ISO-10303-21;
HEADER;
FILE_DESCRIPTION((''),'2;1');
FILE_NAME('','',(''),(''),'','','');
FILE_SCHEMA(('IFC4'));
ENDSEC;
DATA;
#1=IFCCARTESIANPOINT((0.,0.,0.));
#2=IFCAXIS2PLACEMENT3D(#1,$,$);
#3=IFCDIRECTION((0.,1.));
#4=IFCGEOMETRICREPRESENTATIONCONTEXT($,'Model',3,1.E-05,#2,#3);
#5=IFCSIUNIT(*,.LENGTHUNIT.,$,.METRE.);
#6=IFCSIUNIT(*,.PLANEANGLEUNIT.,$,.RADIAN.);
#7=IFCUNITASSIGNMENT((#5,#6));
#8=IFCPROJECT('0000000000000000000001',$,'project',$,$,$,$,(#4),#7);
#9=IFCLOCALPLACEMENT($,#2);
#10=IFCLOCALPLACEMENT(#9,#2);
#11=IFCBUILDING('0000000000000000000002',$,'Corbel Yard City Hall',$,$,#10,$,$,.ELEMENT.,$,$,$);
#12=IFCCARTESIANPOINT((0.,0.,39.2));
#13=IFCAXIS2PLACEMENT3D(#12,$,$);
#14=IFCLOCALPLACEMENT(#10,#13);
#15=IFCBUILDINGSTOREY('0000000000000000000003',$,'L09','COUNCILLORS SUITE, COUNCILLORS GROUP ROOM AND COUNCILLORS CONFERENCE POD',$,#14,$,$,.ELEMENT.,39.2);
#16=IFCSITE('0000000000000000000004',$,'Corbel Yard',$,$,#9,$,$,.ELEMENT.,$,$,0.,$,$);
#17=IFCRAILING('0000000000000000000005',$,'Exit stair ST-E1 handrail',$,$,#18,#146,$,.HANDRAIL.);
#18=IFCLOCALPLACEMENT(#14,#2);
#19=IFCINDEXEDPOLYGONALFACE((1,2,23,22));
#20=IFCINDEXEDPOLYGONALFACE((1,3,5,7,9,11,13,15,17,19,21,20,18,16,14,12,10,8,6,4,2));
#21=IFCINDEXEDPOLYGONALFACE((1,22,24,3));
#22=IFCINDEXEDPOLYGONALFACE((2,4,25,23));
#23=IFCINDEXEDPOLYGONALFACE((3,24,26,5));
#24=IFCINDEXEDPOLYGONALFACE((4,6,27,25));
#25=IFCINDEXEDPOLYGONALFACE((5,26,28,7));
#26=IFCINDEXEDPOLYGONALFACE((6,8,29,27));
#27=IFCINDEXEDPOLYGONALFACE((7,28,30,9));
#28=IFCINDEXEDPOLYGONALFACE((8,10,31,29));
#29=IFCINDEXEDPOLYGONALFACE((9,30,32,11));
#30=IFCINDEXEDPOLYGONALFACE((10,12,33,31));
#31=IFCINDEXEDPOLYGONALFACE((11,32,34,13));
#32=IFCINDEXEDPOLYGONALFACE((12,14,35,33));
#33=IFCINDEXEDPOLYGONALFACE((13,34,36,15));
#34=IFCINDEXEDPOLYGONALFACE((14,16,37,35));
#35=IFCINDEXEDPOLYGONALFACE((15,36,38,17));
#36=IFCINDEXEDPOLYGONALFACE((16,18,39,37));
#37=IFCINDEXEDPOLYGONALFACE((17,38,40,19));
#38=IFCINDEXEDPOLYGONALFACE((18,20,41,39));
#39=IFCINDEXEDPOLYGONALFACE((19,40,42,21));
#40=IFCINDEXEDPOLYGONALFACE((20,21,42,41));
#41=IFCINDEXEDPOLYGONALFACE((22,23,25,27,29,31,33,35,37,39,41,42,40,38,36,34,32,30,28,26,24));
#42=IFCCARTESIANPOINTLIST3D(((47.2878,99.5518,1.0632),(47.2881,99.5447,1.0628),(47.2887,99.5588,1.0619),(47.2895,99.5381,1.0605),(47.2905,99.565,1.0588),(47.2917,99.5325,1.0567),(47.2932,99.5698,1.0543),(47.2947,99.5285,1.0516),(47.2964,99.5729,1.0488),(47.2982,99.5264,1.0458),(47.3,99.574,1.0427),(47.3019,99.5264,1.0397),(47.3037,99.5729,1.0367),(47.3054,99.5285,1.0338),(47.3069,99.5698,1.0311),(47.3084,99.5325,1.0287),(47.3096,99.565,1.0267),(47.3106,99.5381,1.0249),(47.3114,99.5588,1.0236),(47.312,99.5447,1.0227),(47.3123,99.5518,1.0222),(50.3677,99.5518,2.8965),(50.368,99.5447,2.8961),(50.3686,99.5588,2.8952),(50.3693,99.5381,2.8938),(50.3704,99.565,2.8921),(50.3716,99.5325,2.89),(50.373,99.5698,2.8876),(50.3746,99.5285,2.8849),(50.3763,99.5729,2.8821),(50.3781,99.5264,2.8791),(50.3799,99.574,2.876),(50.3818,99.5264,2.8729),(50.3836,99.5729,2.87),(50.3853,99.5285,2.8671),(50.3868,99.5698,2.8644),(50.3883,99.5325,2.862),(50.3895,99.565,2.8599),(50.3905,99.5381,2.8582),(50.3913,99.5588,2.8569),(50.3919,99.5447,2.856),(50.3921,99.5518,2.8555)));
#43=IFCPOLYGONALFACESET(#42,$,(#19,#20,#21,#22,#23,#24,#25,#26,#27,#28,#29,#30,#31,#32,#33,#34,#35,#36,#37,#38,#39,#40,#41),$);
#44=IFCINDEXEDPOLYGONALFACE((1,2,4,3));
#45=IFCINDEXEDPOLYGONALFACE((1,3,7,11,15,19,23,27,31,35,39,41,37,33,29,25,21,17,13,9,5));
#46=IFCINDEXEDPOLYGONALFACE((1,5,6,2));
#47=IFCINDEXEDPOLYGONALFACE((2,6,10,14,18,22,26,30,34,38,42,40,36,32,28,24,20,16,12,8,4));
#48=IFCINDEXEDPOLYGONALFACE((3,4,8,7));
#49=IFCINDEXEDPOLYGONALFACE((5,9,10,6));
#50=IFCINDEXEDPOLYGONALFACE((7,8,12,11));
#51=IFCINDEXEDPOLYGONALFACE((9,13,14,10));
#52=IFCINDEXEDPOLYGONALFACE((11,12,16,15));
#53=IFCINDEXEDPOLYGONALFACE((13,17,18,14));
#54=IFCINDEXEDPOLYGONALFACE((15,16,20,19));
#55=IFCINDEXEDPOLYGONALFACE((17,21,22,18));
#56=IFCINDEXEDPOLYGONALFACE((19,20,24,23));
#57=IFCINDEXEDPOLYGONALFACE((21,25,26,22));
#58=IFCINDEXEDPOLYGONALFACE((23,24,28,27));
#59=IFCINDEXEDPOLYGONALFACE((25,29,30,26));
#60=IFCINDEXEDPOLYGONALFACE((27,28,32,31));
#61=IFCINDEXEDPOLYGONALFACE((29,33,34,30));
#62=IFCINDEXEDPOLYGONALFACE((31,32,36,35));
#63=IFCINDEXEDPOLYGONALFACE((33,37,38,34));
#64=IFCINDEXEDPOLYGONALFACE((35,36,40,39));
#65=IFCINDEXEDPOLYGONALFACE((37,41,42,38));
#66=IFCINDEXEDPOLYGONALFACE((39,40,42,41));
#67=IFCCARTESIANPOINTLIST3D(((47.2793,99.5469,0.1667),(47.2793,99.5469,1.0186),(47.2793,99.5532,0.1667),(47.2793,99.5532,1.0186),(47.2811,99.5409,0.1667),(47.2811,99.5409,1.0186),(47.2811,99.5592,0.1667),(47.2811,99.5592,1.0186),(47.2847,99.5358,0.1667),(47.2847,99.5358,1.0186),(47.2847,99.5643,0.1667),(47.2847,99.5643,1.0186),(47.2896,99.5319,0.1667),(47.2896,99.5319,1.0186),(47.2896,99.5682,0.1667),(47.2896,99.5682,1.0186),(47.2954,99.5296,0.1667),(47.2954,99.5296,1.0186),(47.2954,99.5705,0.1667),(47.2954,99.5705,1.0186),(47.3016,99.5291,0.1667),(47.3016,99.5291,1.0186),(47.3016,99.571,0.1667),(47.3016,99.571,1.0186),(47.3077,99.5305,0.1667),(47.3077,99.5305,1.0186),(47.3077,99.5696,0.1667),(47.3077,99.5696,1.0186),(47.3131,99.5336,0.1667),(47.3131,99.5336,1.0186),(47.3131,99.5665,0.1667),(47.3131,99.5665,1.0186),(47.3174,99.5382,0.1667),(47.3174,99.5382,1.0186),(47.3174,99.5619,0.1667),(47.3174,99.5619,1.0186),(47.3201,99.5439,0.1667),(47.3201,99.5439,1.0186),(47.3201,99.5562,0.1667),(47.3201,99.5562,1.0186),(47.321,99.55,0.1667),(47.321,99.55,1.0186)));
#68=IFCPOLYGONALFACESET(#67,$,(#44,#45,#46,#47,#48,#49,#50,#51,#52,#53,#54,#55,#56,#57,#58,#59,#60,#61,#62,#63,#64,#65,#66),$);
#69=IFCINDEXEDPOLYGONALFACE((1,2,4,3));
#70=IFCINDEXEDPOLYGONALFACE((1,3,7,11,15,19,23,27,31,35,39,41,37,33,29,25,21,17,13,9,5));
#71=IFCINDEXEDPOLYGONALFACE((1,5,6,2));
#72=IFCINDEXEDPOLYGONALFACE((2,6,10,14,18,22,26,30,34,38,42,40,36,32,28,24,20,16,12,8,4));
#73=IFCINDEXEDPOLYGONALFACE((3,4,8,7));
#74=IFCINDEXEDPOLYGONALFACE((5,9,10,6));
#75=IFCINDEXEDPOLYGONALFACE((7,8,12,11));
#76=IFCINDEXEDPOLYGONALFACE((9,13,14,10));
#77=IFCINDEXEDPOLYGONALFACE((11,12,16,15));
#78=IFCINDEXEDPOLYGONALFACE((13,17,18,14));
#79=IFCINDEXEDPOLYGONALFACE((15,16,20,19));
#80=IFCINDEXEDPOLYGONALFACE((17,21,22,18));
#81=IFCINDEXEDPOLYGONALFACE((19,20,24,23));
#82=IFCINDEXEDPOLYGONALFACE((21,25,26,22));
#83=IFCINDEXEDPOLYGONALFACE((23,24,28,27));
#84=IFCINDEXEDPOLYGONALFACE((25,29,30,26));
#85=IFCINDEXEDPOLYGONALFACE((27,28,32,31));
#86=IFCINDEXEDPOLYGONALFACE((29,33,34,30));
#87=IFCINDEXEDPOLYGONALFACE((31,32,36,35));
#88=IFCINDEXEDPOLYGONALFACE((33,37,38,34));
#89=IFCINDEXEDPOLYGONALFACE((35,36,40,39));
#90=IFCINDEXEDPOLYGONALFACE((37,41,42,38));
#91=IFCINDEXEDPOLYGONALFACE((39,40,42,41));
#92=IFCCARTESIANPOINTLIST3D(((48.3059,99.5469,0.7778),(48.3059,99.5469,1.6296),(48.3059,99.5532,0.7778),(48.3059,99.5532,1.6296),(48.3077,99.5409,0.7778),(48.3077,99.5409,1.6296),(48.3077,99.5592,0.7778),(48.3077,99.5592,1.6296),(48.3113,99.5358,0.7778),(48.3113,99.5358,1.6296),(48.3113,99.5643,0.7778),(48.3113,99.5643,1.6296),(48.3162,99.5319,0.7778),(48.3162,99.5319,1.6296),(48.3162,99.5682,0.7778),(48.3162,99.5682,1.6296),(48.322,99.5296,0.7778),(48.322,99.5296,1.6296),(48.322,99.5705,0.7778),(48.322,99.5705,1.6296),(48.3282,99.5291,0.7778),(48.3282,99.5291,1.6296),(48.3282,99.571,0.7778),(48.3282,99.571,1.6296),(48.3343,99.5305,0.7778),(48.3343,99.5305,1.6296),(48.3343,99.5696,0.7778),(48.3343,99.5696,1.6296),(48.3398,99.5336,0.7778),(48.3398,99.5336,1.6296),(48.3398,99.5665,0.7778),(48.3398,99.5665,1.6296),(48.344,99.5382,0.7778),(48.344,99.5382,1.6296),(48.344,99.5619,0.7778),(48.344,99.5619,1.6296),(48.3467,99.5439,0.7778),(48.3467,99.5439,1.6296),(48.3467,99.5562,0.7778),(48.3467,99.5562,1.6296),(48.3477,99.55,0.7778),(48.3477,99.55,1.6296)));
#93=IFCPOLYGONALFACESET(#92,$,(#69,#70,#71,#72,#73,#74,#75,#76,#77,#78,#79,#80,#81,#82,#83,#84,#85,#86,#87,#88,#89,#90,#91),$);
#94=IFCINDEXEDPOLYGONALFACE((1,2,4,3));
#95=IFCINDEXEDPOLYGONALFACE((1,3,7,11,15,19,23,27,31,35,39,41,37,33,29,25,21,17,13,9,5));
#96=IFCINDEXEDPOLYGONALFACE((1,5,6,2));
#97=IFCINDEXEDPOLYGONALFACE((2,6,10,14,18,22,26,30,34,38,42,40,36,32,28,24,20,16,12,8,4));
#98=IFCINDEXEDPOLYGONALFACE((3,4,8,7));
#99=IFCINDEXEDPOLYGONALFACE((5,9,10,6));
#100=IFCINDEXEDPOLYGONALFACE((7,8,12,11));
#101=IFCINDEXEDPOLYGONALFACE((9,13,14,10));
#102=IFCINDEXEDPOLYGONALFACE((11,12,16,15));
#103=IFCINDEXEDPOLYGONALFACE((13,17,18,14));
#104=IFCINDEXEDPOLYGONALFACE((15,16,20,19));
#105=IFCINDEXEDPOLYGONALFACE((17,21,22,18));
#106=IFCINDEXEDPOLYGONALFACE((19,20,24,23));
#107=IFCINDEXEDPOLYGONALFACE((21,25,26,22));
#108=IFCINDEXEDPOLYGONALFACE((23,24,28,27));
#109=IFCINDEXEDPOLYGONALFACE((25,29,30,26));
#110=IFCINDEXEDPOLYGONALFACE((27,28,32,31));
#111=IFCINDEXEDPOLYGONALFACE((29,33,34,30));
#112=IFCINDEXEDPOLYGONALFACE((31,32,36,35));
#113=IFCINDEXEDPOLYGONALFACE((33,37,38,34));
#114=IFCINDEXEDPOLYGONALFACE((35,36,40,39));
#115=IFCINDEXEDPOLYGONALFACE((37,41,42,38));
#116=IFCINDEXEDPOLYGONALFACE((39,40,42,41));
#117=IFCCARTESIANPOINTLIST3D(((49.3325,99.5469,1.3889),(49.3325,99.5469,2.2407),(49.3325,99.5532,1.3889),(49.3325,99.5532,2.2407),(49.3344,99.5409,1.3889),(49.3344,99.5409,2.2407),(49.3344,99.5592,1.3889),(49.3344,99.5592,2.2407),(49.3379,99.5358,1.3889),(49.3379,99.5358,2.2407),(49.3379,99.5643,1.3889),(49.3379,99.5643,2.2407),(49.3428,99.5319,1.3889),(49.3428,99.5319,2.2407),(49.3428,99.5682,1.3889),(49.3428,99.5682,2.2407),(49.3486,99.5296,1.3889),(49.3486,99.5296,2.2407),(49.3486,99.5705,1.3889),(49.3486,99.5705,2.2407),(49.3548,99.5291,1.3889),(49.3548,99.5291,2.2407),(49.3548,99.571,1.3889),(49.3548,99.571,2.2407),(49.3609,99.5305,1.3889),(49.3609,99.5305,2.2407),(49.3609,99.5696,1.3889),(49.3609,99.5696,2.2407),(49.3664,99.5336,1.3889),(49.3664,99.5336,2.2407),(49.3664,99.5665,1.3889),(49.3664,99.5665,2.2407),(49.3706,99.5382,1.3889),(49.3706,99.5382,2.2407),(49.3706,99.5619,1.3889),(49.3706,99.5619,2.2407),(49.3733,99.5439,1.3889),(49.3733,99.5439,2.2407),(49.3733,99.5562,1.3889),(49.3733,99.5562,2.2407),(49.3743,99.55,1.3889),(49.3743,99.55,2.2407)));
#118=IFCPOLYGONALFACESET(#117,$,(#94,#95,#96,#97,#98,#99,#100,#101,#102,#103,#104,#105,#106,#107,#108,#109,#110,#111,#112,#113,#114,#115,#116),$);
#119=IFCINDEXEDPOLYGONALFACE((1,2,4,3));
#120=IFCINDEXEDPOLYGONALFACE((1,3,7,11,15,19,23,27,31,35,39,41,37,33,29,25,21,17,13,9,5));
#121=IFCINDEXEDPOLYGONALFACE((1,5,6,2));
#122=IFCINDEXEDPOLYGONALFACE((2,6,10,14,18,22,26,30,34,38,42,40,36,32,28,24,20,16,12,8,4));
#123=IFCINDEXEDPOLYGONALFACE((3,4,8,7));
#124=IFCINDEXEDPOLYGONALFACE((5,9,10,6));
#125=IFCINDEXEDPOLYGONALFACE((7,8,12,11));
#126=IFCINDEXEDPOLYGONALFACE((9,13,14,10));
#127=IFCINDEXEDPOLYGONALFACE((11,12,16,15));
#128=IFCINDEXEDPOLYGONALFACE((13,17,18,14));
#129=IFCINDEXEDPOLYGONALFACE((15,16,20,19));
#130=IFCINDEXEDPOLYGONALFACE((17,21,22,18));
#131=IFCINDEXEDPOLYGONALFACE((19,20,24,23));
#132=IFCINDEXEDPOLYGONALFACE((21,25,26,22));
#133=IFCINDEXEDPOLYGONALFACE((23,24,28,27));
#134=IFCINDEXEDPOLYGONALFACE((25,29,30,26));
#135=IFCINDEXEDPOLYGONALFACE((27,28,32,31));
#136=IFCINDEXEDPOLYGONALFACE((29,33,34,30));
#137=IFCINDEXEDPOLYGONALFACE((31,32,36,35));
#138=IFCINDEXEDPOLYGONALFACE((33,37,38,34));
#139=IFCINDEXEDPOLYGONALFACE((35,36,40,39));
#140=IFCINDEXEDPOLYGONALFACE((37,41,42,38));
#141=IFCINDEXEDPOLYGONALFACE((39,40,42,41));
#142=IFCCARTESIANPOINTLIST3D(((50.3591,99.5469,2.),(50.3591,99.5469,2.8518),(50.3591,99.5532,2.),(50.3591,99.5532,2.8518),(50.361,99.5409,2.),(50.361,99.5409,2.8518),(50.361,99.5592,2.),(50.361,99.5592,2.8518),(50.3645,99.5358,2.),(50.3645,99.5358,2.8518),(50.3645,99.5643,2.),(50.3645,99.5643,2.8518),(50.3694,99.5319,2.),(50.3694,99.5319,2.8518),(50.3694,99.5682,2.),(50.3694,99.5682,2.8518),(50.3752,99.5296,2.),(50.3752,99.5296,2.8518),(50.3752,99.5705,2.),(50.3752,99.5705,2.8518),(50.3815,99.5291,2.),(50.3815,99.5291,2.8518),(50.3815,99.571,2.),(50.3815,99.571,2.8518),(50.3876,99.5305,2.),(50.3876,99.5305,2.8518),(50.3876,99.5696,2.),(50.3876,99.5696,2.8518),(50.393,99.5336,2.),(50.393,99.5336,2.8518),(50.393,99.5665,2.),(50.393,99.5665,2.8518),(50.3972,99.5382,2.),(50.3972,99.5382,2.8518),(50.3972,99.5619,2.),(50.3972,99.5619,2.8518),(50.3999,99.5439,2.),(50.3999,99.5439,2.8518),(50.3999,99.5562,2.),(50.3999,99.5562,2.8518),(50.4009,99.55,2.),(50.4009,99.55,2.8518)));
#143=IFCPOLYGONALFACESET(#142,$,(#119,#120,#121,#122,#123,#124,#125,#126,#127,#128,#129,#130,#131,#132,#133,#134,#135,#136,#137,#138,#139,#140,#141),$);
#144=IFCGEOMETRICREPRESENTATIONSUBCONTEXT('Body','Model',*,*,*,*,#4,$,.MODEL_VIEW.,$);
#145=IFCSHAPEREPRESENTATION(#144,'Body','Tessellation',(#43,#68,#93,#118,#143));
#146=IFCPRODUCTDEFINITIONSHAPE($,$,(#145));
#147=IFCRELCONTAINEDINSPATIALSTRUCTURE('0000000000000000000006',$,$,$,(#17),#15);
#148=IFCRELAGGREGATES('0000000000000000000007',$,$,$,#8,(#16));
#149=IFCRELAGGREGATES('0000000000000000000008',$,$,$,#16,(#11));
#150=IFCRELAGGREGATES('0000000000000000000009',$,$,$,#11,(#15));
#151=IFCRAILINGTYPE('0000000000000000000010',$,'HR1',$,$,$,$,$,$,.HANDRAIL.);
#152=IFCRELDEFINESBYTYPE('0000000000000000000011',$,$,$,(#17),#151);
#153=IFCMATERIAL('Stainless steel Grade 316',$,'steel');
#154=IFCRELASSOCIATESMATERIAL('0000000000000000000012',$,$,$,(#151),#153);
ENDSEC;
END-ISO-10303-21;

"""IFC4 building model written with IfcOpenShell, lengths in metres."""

from ifc_helpers import new_model, si_unit, direction, frame, origin, origin_2d, place, context, subcontext, project, spatial, circle, extrude, material, type_object, element, save


model = new_model("IFC4")

# Units and contexts
model_context = context("Model", 3, precision=1e-05, world=origin(), true_north=direction((0.0, 1.0)))
body_context = subcontext(model_context, "Body", "Model", "MODEL_VIEW")
ifc_project = project(units=[si_unit("LENGTHUNIT", "METRE"), si_unit("PLANEANGLEUNIT", "RADIAN")], contexts=[model_context])

# Site, building, storey
site_placement = place(None, origin())
site = spatial("IfcSite", under=ifc_project, at=site_placement, Name="Corbel Yard", CompositionType="ELEMENT", RefElevation=0.0)
building_placement = place(site_placement, origin())
building = spatial("IfcBuilding", under=site, at=building_placement, Name="Corbel Yard City Hall", CompositionType="ELEMENT")
storey_placement = place(building_placement, frame((0.0, 0.0, 39.2)))
storey = spatial("IfcBuildingStorey", under=building, at=storey_placement, Name="L09", Description="COUNCILLORS SUITE, COUNCILLORS GROUP ROOM AND COUNCILLORS CONFERENCE POD", CompositionType="ELEMENT", Elevation=39.2)

# Shared definitions
ifc_material_1 = material(Name="Stainless steel Grade 316", Category="steel")

# Railing
railing_type = type_object("IfcRailingType", Name="HR1", PredefinedType="HANDRAIL", material=ifc_material_1)
for number, where, name in (
    (1, (47.3, 99.55, 0.1667), "Exit stair ST-E1 handrail"),
):
    element("IfcRailing", number, at=place(storey_placement, frame(where)), inside=storey, type_object=railing_type, Name=name, PredefinedType="HANDRAIL", context=body_context, shape_type="SweptSolid", body=[
        extrude(circle(Radius=0.0239, at=origin_2d()), frame((0.0, 0.0, 0.876), z_axis=(0.859291, 0.0, 0.511487), x_axis=(0.0, 1.0, 0.0)), (0.0, 0.0, 1.0), 3.5842),
        extrude(circle(Radius=0.021, at=origin_2d()), origin(), (0.0, 0.0, 1.0), 0.8518),
        extrude(circle(Radius=0.021, at=origin_2d()), frame((1.0266, 0.0, 0.6111)), (0.0, 0.0, 1.0), 0.8518),
        extrude(circle(Radius=0.021, at=origin_2d()), frame((2.0532, 0.0, 1.2222)), (0.0, 0.0, 1.0), 0.8518),
        extrude(circle(Radius=0.021, at=origin_2d()), frame((3.0798, 0.0, 1.8333)), (0.0, 0.0, 1.0), 0.8518),
    ])

save(model, "model.ifc")
